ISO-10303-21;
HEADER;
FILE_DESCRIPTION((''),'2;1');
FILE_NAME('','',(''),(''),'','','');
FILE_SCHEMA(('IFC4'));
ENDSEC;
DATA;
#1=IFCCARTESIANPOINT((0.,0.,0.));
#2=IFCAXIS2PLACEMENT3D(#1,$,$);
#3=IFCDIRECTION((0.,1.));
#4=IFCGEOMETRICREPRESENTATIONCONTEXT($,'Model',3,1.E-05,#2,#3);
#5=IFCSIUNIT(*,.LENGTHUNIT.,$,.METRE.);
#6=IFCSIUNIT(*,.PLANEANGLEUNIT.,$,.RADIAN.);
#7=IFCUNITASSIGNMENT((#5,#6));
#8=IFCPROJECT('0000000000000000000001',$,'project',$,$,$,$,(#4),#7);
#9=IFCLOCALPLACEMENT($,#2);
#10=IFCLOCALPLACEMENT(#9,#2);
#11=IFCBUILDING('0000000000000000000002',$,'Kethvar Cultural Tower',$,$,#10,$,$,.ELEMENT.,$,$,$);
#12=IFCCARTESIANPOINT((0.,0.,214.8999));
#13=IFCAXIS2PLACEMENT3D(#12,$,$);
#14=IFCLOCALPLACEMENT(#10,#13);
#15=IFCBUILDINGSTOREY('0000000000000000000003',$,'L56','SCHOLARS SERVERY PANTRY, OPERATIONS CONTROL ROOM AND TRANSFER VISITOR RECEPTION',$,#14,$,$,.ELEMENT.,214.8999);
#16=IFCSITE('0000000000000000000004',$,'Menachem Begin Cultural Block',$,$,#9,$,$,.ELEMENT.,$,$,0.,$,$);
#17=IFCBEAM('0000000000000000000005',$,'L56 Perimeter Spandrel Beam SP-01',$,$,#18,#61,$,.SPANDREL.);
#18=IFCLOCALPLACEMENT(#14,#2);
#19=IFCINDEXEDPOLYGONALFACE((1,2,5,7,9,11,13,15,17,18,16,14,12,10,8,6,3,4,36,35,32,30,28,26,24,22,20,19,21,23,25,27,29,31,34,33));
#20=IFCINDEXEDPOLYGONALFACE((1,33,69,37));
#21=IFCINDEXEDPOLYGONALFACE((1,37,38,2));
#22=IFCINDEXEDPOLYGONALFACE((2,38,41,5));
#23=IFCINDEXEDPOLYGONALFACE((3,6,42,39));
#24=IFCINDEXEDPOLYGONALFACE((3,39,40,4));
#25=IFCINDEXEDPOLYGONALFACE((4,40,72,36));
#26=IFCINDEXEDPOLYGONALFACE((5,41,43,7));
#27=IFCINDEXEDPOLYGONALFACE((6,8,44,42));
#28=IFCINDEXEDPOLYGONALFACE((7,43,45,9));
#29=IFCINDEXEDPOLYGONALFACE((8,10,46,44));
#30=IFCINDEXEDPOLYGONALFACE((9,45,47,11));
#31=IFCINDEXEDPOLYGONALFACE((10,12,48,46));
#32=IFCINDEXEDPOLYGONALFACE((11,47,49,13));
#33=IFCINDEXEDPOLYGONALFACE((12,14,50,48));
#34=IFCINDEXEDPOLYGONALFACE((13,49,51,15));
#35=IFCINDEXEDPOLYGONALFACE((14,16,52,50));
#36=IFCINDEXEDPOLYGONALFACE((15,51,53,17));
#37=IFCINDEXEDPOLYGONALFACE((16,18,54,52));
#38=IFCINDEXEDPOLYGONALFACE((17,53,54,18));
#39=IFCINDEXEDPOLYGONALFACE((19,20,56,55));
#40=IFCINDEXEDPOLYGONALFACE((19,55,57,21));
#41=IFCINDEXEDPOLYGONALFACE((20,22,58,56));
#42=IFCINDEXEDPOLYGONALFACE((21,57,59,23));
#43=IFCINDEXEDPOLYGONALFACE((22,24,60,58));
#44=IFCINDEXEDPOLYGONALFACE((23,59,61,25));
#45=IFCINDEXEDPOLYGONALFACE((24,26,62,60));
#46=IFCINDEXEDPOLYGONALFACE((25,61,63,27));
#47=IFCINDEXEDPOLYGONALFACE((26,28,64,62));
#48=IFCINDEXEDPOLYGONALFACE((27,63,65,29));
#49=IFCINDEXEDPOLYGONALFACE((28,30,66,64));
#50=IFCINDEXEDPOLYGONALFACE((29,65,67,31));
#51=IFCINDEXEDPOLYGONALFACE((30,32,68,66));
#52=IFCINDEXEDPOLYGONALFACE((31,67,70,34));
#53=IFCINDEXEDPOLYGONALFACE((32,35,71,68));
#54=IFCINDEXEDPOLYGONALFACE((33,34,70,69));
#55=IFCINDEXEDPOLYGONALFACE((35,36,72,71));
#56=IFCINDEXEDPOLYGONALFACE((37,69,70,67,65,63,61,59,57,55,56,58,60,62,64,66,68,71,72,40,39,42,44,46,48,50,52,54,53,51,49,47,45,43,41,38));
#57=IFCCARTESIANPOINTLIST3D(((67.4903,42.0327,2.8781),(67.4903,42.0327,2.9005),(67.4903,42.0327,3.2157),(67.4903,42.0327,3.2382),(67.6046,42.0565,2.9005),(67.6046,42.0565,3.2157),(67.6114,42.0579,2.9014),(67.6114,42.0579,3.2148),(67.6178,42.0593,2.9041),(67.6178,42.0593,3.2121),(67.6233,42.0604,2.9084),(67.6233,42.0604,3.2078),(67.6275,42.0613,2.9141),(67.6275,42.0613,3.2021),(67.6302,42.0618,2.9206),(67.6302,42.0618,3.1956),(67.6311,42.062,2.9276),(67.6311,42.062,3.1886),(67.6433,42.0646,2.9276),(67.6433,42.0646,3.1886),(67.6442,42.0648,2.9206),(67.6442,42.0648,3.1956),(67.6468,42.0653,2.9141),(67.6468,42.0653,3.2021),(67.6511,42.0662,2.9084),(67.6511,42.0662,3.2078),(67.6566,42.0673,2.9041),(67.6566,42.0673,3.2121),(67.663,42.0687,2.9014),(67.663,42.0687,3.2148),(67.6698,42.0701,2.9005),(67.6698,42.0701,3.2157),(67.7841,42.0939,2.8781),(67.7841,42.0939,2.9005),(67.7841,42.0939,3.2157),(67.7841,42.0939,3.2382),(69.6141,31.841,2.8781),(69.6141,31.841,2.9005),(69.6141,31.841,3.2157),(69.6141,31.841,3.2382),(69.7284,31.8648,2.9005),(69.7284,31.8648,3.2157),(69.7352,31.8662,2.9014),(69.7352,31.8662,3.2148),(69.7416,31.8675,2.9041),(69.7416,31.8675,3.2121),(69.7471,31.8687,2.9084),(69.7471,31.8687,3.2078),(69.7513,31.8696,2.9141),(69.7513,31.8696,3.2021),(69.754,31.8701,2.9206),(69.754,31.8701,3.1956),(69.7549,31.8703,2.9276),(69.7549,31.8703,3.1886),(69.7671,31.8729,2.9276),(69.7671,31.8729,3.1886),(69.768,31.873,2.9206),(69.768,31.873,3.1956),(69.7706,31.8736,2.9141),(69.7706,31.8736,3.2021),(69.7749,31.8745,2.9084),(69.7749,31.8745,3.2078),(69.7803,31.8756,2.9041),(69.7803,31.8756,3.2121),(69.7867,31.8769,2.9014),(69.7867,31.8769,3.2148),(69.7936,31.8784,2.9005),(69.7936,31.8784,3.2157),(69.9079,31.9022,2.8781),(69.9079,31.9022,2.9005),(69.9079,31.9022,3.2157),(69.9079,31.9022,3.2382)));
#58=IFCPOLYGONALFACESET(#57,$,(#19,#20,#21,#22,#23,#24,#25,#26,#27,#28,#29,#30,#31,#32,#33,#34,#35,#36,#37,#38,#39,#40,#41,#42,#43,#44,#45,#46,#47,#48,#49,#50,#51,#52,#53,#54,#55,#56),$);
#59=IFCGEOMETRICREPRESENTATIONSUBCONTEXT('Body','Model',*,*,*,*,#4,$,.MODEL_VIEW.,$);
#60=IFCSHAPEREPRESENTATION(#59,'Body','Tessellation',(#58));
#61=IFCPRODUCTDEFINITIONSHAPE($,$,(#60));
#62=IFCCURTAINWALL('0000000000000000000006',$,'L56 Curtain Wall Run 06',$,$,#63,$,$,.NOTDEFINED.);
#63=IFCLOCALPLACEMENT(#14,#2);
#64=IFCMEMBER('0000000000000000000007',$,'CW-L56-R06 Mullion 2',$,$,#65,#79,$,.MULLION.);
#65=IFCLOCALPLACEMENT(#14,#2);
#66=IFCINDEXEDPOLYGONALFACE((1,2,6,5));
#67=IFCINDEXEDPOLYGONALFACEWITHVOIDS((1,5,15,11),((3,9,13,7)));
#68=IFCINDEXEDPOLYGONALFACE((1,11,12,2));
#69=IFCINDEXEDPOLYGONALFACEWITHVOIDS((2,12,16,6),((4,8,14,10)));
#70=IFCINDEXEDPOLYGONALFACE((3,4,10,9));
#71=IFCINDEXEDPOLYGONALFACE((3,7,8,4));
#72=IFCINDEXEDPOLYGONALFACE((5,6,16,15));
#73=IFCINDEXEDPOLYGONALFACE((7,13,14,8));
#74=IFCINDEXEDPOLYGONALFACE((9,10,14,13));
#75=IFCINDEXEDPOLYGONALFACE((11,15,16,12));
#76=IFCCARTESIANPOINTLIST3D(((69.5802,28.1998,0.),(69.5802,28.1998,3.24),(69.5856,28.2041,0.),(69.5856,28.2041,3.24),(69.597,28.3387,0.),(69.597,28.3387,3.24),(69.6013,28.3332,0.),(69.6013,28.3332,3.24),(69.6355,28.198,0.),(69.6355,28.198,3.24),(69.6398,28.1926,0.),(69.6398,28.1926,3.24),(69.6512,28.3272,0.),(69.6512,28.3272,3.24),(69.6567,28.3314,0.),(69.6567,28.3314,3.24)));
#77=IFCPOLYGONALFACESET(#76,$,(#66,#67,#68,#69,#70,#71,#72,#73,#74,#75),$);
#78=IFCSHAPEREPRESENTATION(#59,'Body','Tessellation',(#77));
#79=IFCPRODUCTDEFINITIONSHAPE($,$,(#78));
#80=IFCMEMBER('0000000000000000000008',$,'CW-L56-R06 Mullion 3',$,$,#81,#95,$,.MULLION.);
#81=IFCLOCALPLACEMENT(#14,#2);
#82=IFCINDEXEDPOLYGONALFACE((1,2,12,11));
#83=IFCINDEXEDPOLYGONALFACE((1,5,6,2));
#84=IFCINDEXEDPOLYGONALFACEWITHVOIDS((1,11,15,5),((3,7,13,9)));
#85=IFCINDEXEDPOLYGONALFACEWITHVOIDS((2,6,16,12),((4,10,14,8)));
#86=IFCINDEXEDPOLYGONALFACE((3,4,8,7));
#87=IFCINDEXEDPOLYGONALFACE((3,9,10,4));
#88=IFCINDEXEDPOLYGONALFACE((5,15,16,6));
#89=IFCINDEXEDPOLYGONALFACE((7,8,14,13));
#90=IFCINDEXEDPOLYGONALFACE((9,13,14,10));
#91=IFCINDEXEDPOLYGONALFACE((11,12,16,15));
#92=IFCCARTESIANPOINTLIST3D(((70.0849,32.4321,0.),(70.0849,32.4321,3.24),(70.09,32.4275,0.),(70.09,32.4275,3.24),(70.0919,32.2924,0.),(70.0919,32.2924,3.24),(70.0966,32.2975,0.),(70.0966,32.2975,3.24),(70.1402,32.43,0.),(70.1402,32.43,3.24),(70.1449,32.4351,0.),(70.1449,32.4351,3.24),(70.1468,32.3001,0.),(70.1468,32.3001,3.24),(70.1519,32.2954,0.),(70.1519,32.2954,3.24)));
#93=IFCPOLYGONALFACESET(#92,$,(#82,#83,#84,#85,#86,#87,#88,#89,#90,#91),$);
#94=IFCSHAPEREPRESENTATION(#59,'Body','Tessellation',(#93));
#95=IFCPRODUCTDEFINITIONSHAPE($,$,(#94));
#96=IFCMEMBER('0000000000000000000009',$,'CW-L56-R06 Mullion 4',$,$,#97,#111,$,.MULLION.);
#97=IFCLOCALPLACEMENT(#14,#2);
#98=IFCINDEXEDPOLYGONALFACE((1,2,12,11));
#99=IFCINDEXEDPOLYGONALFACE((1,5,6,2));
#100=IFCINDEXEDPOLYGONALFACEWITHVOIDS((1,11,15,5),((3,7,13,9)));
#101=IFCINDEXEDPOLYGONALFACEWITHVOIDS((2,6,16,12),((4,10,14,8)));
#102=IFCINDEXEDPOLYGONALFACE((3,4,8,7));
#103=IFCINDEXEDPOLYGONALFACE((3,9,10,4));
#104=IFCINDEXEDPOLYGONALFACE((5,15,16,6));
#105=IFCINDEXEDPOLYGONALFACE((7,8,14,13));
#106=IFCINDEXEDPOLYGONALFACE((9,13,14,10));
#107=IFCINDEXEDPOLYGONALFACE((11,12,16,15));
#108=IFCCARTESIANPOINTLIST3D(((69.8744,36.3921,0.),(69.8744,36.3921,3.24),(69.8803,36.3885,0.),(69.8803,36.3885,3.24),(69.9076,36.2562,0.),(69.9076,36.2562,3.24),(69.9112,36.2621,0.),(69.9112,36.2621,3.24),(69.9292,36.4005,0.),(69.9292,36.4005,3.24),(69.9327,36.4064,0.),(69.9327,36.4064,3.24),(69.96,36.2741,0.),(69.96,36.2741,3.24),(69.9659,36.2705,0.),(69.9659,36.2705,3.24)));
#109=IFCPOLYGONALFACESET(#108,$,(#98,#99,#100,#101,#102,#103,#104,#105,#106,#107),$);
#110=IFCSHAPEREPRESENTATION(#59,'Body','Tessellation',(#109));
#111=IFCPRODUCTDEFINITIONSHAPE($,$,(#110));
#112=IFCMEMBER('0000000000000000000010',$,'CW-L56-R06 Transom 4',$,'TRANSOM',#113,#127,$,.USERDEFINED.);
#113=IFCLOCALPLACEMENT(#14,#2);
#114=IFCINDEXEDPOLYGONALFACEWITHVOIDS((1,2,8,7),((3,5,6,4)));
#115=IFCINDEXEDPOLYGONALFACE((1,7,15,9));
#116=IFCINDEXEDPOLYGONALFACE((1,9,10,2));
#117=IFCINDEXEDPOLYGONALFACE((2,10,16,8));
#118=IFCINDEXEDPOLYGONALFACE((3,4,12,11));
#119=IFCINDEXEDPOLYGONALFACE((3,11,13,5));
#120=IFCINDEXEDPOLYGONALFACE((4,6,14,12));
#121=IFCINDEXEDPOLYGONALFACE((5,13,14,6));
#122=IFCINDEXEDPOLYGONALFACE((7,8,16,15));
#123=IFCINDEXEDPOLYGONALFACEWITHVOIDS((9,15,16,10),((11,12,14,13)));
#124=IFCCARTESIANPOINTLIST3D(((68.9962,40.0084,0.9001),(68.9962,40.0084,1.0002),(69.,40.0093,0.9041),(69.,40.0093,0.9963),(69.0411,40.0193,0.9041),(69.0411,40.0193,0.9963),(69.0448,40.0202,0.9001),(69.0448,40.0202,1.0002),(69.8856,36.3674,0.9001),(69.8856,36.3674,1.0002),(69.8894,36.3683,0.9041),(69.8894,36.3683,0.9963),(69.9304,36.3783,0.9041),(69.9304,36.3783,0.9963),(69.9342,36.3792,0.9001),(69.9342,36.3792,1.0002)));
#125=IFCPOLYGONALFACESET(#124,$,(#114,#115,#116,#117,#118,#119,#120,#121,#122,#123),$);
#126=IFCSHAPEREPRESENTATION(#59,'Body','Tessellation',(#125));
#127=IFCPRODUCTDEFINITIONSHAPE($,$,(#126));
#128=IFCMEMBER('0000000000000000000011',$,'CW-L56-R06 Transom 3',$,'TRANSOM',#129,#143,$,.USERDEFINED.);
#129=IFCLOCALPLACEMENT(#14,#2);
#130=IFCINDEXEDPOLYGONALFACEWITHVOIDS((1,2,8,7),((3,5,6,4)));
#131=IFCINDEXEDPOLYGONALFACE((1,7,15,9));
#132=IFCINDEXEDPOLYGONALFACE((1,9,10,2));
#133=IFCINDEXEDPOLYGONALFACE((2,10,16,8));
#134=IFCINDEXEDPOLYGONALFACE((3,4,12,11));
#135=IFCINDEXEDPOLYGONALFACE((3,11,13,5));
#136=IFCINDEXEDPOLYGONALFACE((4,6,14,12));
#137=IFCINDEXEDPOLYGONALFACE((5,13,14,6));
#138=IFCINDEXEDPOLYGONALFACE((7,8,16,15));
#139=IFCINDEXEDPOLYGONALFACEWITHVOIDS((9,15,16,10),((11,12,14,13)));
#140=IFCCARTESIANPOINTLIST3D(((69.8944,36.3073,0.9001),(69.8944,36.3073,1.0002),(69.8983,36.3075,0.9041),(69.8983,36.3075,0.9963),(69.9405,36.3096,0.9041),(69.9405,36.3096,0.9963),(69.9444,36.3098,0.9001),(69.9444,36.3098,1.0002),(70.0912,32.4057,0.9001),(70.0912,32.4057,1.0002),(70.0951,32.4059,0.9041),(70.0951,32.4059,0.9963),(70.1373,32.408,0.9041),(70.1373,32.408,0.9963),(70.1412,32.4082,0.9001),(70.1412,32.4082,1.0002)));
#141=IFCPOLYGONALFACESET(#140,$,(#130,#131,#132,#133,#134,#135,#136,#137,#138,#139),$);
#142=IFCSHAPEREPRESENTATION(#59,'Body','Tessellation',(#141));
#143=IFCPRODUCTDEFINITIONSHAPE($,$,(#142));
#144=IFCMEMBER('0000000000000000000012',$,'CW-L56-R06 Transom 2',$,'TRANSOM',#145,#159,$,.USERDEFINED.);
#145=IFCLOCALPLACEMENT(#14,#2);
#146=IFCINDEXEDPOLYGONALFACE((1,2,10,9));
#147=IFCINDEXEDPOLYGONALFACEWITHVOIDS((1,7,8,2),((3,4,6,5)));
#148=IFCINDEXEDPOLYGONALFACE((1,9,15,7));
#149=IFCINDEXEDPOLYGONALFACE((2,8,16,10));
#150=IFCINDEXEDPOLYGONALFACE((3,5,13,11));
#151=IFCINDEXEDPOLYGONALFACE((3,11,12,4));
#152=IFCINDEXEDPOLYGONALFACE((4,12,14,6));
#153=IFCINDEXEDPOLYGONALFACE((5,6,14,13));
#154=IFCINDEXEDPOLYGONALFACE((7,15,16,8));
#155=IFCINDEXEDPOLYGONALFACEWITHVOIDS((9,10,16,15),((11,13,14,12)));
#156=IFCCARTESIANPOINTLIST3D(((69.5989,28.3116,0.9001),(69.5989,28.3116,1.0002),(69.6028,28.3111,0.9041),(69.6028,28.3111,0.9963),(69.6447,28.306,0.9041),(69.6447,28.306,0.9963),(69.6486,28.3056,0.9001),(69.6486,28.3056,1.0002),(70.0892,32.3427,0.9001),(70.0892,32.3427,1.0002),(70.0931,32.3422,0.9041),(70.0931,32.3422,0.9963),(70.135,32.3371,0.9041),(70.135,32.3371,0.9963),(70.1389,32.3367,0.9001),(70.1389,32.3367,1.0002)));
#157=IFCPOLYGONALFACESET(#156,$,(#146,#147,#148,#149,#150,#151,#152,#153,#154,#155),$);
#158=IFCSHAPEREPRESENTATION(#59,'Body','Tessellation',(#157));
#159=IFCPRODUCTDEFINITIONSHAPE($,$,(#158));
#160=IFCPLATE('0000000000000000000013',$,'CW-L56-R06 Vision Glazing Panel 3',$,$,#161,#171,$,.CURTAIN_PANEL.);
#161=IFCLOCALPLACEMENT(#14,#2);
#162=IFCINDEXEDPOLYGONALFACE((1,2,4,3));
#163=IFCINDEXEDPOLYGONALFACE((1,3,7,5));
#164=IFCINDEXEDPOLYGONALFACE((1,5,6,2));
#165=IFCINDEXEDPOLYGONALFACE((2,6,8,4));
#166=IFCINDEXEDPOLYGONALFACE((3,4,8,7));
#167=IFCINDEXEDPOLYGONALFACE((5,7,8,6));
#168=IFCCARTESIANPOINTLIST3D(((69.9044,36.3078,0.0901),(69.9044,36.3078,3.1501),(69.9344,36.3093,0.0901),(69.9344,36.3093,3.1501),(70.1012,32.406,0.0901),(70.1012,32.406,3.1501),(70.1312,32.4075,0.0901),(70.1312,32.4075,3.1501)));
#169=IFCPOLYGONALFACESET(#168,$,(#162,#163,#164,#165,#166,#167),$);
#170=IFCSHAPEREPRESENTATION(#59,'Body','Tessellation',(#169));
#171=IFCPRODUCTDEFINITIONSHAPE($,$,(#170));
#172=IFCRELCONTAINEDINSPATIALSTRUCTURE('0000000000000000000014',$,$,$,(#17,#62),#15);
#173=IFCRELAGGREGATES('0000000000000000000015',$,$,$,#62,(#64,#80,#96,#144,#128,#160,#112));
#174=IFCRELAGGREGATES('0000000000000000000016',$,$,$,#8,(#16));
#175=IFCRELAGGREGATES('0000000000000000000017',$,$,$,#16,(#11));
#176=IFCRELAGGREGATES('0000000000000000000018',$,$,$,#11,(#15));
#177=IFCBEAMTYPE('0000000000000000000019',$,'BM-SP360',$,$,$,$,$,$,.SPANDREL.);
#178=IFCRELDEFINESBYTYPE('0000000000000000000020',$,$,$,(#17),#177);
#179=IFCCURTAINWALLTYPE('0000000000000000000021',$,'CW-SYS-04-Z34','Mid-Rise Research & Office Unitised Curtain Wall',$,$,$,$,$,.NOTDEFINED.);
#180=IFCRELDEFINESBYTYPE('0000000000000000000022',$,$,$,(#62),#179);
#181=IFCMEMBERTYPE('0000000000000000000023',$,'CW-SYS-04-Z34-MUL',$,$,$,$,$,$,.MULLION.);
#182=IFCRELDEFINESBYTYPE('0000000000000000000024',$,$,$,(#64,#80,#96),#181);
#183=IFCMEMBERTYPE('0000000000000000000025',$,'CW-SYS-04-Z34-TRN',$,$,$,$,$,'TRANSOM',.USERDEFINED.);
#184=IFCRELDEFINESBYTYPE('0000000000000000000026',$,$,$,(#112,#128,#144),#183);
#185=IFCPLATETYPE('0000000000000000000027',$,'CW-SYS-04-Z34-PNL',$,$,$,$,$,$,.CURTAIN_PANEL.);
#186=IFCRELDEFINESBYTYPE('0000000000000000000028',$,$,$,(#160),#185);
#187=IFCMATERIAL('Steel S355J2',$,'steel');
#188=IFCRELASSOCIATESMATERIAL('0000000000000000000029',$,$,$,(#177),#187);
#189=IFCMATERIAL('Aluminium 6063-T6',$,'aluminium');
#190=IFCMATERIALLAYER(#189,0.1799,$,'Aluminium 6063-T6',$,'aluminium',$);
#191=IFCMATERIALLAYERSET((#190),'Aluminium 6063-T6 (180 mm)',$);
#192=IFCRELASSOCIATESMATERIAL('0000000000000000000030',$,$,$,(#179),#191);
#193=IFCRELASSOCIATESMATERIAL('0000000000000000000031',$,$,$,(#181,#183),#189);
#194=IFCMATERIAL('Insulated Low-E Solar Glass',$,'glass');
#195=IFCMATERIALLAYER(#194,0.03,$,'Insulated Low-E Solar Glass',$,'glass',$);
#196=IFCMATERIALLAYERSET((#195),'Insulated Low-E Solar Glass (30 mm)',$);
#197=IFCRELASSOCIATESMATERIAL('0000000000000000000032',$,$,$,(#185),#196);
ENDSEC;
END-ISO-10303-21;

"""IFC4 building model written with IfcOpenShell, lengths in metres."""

from ifc_helpers import new_model, si_unit, direction, frame, origin, origin_2d, place, context, subcontext, project, spatial, rectangle, hollow_rectangle, i_section, extrude, source, transform, mapped, material, layer, layer_set, material_profile, profile_set, type_object, element, aggregate, save


model = new_model("IFC4")

# Units and contexts
model_context = context("Model", 3, precision=1e-05, world=origin(), true_north=direction((0.0, 1.0)))
body_context = subcontext(model_context, "Body", "Model", "MODEL_VIEW")
ifc_project = project(units=[si_unit("LENGTHUNIT", "METRE"), si_unit("PLANEANGLEUNIT", "RADIAN")], contexts=[model_context])

# Site, building, storey
site_placement = place(None, origin())
site = spatial("IfcSite", under=ifc_project, at=site_placement, Name="Menachem Begin Cultural Block", CompositionType="ELEMENT", RefElevation=0.0)
building_placement = place(site_placement, origin())
building = spatial("IfcBuilding", under=site, at=building_placement, Name="Kethvar Cultural Tower", CompositionType="ELEMENT")
storey_placement = place(building_placement, frame((0.0, 0.0, 214.8999)))
storey = spatial("IfcBuildingStorey", under=building, at=storey_placement, Name="L56", Description="SCHOLARS SERVERY PANTRY, OPERATIONS CONTROL ROOM AND TRANSFER VISITOR RECEPTION", CompositionType="ELEMENT", Elevation=214.8999)

# Beam
ifc_material_1 = material(Name="Steel S355J2", Category="steel")
ifc_material_profile_1 = material_profile(ifc_material_1, i_section(OverallWidth=0.3, OverallDepth=0.3601, WebThickness=0.0125, FlangeThickness=0.0225, FilletRadius=0.0271, at=origin_2d()), Name="Steel S355J2 — HEB360")
ifc_profile_set_1 = profile_set([ifc_material_profile_1], Name="Steel S355J2 — HEB360")
beam_type = type_object("IfcBeamType", Name="BM-SP360", PredefinedType="SPANDREL", material=ifc_profile_set_1)
shared_shape_1 = source(origin(), body_context, "Body", "SweptSolid", [
    extrude(i_section(OverallWidth=0.3, OverallDepth=0.3601, WebThickness=0.0125, FlangeThickness=0.0225, FilletRadius=0.0271, at=origin_2d()), origin(), (0.0, 0.0, 1.0), 10.4106),
])
beam_placement = place(storey_placement, frame((69.761, 31.8716, 3.0581), z_axis=(-0.204002, 0.97897, 0.0), x_axis=(-0.97897, -0.204002, 0.0)))
element("IfcBeam", 1, at=beam_placement, inside=storey, type_object=beam_type, Name="L56 Perimeter Spandrel Beam SP-01", PredefinedType="SPANDREL", context=body_context, shape_type="MappedRepresentation", body=[
    mapped(shared_shape_1, transform((0.0, 0.0, 0.0), scale=1.0)),
])

# Curtain wall, members, plate
ifc_material_2 = material(Name="Aluminium 6063-T6", Category="aluminium")
ifc_layer_1 = layer(ifc_material_2, 0.1799, Name="Aluminium 6063-T6", Category="aluminium")
ifc_layer_set_1 = layer_set([ifc_layer_1], Name="Aluminium 6063-T6 (180 mm)")
curtain_wall_type = type_object("IfcCurtainWallType", Name="CW-SYS-04-Z34", Description="Mid-Rise Research & Office Unitised Curtain Wall", PredefinedType="NOTDEFINED", material=ifc_layer_set_1)
curtain_wall_placement = place(storey_placement, origin())
curtain_wall = element("IfcCurtainWall", 2, at=curtain_wall_placement, inside=storey, type_object=curtain_wall_type, Name="L56 Curtain Wall Run 06", PredefinedType="NOTDEFINED")
ifc_material_profile_2 = material_profile(ifc_material_2, hollow_rectangle(XDim=0.0601, YDim=0.1399, WallThickness=0.0049, at=origin_2d()), Name="Aluminium 6063-T6 — RHS140x60x5")
ifc_profile_set_2 = profile_set([ifc_material_profile_2], Name="Aluminium 6063-T6 — RHS140x60x5")
member_type_1 = type_object("IfcMemberType", Name="CW-SYS-04-Z34-MUL", PredefinedType="MULLION", material=ifc_profile_set_2)
shared_shape_2 = source(origin(), body_context, "Body", "SweptSolid", [
    extrude(hollow_rectangle(XDim=0.0601, YDim=0.1399, WallThickness=0.0049, at=origin_2d()), origin(), (0.0, 0.0, 1.0), 3.24),
])
member_1_placement = place(storey_placement, frame((69.6184, 28.2656, 0.0), z_axis=(0.0, 0.0, 1.0), x_axis=(-0.992688, 0.120709, 0.0)))
member_1 = element("IfcMember", 3, at=member_1_placement, type_object=member_type_1, Name="CW-L56-R06 Mullion 2", PredefinedType="MULLION", context=body_context, shape_type="MappedRepresentation", body=[
    mapped(shared_shape_2, transform((0.0, 0.0, 0.0), scale=1.0)),
])
member_2_placement = place(storey_placement, frame((70.1184, 32.3638, 0.0), z_axis=(0.0, 0.0, 1.0), x_axis=(-0.99873, -0.050384, 0.0)))
member_2 = element("IfcMember", 4, at=member_2_placement, type_object=member_type_1, Name="CW-L56-R06 Mullion 3", PredefinedType="MULLION", context=body_context, shape_type="MappedRepresentation", body=[
    mapped(shared_shape_2, transform((0.0, 0.0, 0.0), scale=1.0)),
])
member_3_placement = place(storey_placement, frame((69.9202, 36.3313, 0.0), z_axis=(0.0, 0.0, 1.0), x_axis=(-0.971442, -0.237279, 0.0)))
member_3 = element("IfcMember", 5, at=member_3_placement, type_object=member_type_1, Name="CW-L56-R06 Mullion 4", PredefinedType="MULLION", context=body_context, shape_type="MappedRepresentation", body=[
    mapped(shared_shape_2, transform((0.0, 0.0, 0.0), scale=1.0)),
])
ifc_material_profile_3 = material_profile(ifc_material_2, hollow_rectangle(XDim=0.05, YDim=0.1001, WallThickness=0.0039, at=origin_2d()), Name="Aluminium 6063-T6 — RHS100x50x4")
ifc_profile_set_3 = profile_set([ifc_material_profile_3], Name="Aluminium 6063-T6 — RHS100x50x4")
member_type_2 = type_object("IfcMemberType", Name="CW-SYS-04-Z34-TRN", ElementType="TRANSOM", PredefinedType="USERDEFINED", material=ifc_profile_set_3)
shared_shape_3 = source(origin(), body_context, "Body", "SweptSolid", [
    extrude(hollow_rectangle(XDim=0.05, YDim=0.1001, WallThickness=0.0039, at=origin_2d()), origin(), (0.0, 0.0, 1.0), 3.748),
])
member_4_placement = place(storey_placement, frame((69.9099, 36.3733, 0.9502), z_axis=(-0.237291, 0.971439, 0.0), x_axis=(-0.971439, -0.237291, 0.0)))
member_4 = element("IfcMember", 6, at=member_4_placement, type_object=member_type_2, Name="CW-L56-R06 Transom 4", ObjectType="TRANSOM", PredefinedType="USERDEFINED", context=body_context, shape_type="MappedRepresentation", body=[
    mapped(shared_shape_3, transform((0.0, 0.0, 0.0), scale=1.0)),
])
shared_shape_4 = source(origin(), body_context, "Body", "SweptSolid", [
    extrude(hollow_rectangle(XDim=0.05, YDim=0.1001, WallThickness=0.0039, at=origin_2d()), origin(), (0.0, 0.0, 1.0), 3.9065),
])
member_5_placement = place(storey_placement, frame((70.1162, 32.407, 0.9502), z_axis=(-0.050371, 0.998731, 0.0), x_axis=(-0.998731, -0.050371, 0.0)))
member_5 = element("IfcMember", 7, at=member_5_placement, type_object=member_type_2, Name="CW-L56-R06 Transom 3", ObjectType="TRANSOM", PredefinedType="USERDEFINED", context=body_context, shape_type="MappedRepresentation", body=[
    mapped(shared_shape_4, transform((0.0, 0.0, 0.0), scale=1.0)),
])
shared_shape_5 = source(origin(), body_context, "Body", "SweptSolid", [
    extrude(hollow_rectangle(XDim=0.05, YDim=0.1001, WallThickness=0.0039, at=origin_2d()), origin(), (0.0, 0.0, 1.0), 4.0608),
])
member_6_placement = place(storey_placement, frame((69.6238, 28.3086, 0.9502), z_axis=(0.120726, 0.992686, 0.0), x_axis=(-0.992686, 0.120726, 0.0)))
member_6 = element("IfcMember", 8, at=member_6_placement, type_object=member_type_2, Name="CW-L56-R06 Transom 2", ObjectType="TRANSOM", PredefinedType="USERDEFINED", context=body_context, shape_type="MappedRepresentation", body=[
    mapped(shared_shape_5, transform((0.0, 0.0, 0.0), scale=1.0)),
])
ifc_material_3 = material(Name="Insulated Low-E Solar Glass", Category="glass")
ifc_layer_2 = layer(ifc_material_3, 0.03, Name="Insulated Low-E Solar Glass", Category="glass")
ifc_layer_set_2 = layer_set([ifc_layer_2], Name="Insulated Low-E Solar Glass (30 mm)")
plate_type = type_object("IfcPlateType", Name="CW-SYS-04-Z34-PNL", PredefinedType="CURTAIN_PANEL", material=ifc_layer_set_2)
shared_shape_6 = source(origin(), body_context, "Body", "SweptSolid", [
    extrude(rectangle(XDim=3.9067, YDim=0.03, at=origin_2d()), origin(), (0.0, 0.0, 1.0), 3.0601),
])
plate_1_placement = place(storey_placement, frame((70.0178, 34.3577, 0.0901), z_axis=(0.0, 0.0, 1.0), x_axis=(-0.050384, 0.99873, 0.0)))
plate_1 = element("IfcPlate", 9, at=plate_1_placement, type_object=plate_type, Name="CW-L56-R06 Vision Glazing Panel 3", PredefinedType="CURTAIN_PANEL", context=body_context, shape_type="MappedRepresentation", body=[
    mapped(shared_shape_6, transform((0.0, 0.0, 0.0), scale=1.0)),
])
aggregate(curtain_wall, [member_1, member_2, member_3, member_6, member_5, plate_1, member_4])

save(model, "model.ifc")
